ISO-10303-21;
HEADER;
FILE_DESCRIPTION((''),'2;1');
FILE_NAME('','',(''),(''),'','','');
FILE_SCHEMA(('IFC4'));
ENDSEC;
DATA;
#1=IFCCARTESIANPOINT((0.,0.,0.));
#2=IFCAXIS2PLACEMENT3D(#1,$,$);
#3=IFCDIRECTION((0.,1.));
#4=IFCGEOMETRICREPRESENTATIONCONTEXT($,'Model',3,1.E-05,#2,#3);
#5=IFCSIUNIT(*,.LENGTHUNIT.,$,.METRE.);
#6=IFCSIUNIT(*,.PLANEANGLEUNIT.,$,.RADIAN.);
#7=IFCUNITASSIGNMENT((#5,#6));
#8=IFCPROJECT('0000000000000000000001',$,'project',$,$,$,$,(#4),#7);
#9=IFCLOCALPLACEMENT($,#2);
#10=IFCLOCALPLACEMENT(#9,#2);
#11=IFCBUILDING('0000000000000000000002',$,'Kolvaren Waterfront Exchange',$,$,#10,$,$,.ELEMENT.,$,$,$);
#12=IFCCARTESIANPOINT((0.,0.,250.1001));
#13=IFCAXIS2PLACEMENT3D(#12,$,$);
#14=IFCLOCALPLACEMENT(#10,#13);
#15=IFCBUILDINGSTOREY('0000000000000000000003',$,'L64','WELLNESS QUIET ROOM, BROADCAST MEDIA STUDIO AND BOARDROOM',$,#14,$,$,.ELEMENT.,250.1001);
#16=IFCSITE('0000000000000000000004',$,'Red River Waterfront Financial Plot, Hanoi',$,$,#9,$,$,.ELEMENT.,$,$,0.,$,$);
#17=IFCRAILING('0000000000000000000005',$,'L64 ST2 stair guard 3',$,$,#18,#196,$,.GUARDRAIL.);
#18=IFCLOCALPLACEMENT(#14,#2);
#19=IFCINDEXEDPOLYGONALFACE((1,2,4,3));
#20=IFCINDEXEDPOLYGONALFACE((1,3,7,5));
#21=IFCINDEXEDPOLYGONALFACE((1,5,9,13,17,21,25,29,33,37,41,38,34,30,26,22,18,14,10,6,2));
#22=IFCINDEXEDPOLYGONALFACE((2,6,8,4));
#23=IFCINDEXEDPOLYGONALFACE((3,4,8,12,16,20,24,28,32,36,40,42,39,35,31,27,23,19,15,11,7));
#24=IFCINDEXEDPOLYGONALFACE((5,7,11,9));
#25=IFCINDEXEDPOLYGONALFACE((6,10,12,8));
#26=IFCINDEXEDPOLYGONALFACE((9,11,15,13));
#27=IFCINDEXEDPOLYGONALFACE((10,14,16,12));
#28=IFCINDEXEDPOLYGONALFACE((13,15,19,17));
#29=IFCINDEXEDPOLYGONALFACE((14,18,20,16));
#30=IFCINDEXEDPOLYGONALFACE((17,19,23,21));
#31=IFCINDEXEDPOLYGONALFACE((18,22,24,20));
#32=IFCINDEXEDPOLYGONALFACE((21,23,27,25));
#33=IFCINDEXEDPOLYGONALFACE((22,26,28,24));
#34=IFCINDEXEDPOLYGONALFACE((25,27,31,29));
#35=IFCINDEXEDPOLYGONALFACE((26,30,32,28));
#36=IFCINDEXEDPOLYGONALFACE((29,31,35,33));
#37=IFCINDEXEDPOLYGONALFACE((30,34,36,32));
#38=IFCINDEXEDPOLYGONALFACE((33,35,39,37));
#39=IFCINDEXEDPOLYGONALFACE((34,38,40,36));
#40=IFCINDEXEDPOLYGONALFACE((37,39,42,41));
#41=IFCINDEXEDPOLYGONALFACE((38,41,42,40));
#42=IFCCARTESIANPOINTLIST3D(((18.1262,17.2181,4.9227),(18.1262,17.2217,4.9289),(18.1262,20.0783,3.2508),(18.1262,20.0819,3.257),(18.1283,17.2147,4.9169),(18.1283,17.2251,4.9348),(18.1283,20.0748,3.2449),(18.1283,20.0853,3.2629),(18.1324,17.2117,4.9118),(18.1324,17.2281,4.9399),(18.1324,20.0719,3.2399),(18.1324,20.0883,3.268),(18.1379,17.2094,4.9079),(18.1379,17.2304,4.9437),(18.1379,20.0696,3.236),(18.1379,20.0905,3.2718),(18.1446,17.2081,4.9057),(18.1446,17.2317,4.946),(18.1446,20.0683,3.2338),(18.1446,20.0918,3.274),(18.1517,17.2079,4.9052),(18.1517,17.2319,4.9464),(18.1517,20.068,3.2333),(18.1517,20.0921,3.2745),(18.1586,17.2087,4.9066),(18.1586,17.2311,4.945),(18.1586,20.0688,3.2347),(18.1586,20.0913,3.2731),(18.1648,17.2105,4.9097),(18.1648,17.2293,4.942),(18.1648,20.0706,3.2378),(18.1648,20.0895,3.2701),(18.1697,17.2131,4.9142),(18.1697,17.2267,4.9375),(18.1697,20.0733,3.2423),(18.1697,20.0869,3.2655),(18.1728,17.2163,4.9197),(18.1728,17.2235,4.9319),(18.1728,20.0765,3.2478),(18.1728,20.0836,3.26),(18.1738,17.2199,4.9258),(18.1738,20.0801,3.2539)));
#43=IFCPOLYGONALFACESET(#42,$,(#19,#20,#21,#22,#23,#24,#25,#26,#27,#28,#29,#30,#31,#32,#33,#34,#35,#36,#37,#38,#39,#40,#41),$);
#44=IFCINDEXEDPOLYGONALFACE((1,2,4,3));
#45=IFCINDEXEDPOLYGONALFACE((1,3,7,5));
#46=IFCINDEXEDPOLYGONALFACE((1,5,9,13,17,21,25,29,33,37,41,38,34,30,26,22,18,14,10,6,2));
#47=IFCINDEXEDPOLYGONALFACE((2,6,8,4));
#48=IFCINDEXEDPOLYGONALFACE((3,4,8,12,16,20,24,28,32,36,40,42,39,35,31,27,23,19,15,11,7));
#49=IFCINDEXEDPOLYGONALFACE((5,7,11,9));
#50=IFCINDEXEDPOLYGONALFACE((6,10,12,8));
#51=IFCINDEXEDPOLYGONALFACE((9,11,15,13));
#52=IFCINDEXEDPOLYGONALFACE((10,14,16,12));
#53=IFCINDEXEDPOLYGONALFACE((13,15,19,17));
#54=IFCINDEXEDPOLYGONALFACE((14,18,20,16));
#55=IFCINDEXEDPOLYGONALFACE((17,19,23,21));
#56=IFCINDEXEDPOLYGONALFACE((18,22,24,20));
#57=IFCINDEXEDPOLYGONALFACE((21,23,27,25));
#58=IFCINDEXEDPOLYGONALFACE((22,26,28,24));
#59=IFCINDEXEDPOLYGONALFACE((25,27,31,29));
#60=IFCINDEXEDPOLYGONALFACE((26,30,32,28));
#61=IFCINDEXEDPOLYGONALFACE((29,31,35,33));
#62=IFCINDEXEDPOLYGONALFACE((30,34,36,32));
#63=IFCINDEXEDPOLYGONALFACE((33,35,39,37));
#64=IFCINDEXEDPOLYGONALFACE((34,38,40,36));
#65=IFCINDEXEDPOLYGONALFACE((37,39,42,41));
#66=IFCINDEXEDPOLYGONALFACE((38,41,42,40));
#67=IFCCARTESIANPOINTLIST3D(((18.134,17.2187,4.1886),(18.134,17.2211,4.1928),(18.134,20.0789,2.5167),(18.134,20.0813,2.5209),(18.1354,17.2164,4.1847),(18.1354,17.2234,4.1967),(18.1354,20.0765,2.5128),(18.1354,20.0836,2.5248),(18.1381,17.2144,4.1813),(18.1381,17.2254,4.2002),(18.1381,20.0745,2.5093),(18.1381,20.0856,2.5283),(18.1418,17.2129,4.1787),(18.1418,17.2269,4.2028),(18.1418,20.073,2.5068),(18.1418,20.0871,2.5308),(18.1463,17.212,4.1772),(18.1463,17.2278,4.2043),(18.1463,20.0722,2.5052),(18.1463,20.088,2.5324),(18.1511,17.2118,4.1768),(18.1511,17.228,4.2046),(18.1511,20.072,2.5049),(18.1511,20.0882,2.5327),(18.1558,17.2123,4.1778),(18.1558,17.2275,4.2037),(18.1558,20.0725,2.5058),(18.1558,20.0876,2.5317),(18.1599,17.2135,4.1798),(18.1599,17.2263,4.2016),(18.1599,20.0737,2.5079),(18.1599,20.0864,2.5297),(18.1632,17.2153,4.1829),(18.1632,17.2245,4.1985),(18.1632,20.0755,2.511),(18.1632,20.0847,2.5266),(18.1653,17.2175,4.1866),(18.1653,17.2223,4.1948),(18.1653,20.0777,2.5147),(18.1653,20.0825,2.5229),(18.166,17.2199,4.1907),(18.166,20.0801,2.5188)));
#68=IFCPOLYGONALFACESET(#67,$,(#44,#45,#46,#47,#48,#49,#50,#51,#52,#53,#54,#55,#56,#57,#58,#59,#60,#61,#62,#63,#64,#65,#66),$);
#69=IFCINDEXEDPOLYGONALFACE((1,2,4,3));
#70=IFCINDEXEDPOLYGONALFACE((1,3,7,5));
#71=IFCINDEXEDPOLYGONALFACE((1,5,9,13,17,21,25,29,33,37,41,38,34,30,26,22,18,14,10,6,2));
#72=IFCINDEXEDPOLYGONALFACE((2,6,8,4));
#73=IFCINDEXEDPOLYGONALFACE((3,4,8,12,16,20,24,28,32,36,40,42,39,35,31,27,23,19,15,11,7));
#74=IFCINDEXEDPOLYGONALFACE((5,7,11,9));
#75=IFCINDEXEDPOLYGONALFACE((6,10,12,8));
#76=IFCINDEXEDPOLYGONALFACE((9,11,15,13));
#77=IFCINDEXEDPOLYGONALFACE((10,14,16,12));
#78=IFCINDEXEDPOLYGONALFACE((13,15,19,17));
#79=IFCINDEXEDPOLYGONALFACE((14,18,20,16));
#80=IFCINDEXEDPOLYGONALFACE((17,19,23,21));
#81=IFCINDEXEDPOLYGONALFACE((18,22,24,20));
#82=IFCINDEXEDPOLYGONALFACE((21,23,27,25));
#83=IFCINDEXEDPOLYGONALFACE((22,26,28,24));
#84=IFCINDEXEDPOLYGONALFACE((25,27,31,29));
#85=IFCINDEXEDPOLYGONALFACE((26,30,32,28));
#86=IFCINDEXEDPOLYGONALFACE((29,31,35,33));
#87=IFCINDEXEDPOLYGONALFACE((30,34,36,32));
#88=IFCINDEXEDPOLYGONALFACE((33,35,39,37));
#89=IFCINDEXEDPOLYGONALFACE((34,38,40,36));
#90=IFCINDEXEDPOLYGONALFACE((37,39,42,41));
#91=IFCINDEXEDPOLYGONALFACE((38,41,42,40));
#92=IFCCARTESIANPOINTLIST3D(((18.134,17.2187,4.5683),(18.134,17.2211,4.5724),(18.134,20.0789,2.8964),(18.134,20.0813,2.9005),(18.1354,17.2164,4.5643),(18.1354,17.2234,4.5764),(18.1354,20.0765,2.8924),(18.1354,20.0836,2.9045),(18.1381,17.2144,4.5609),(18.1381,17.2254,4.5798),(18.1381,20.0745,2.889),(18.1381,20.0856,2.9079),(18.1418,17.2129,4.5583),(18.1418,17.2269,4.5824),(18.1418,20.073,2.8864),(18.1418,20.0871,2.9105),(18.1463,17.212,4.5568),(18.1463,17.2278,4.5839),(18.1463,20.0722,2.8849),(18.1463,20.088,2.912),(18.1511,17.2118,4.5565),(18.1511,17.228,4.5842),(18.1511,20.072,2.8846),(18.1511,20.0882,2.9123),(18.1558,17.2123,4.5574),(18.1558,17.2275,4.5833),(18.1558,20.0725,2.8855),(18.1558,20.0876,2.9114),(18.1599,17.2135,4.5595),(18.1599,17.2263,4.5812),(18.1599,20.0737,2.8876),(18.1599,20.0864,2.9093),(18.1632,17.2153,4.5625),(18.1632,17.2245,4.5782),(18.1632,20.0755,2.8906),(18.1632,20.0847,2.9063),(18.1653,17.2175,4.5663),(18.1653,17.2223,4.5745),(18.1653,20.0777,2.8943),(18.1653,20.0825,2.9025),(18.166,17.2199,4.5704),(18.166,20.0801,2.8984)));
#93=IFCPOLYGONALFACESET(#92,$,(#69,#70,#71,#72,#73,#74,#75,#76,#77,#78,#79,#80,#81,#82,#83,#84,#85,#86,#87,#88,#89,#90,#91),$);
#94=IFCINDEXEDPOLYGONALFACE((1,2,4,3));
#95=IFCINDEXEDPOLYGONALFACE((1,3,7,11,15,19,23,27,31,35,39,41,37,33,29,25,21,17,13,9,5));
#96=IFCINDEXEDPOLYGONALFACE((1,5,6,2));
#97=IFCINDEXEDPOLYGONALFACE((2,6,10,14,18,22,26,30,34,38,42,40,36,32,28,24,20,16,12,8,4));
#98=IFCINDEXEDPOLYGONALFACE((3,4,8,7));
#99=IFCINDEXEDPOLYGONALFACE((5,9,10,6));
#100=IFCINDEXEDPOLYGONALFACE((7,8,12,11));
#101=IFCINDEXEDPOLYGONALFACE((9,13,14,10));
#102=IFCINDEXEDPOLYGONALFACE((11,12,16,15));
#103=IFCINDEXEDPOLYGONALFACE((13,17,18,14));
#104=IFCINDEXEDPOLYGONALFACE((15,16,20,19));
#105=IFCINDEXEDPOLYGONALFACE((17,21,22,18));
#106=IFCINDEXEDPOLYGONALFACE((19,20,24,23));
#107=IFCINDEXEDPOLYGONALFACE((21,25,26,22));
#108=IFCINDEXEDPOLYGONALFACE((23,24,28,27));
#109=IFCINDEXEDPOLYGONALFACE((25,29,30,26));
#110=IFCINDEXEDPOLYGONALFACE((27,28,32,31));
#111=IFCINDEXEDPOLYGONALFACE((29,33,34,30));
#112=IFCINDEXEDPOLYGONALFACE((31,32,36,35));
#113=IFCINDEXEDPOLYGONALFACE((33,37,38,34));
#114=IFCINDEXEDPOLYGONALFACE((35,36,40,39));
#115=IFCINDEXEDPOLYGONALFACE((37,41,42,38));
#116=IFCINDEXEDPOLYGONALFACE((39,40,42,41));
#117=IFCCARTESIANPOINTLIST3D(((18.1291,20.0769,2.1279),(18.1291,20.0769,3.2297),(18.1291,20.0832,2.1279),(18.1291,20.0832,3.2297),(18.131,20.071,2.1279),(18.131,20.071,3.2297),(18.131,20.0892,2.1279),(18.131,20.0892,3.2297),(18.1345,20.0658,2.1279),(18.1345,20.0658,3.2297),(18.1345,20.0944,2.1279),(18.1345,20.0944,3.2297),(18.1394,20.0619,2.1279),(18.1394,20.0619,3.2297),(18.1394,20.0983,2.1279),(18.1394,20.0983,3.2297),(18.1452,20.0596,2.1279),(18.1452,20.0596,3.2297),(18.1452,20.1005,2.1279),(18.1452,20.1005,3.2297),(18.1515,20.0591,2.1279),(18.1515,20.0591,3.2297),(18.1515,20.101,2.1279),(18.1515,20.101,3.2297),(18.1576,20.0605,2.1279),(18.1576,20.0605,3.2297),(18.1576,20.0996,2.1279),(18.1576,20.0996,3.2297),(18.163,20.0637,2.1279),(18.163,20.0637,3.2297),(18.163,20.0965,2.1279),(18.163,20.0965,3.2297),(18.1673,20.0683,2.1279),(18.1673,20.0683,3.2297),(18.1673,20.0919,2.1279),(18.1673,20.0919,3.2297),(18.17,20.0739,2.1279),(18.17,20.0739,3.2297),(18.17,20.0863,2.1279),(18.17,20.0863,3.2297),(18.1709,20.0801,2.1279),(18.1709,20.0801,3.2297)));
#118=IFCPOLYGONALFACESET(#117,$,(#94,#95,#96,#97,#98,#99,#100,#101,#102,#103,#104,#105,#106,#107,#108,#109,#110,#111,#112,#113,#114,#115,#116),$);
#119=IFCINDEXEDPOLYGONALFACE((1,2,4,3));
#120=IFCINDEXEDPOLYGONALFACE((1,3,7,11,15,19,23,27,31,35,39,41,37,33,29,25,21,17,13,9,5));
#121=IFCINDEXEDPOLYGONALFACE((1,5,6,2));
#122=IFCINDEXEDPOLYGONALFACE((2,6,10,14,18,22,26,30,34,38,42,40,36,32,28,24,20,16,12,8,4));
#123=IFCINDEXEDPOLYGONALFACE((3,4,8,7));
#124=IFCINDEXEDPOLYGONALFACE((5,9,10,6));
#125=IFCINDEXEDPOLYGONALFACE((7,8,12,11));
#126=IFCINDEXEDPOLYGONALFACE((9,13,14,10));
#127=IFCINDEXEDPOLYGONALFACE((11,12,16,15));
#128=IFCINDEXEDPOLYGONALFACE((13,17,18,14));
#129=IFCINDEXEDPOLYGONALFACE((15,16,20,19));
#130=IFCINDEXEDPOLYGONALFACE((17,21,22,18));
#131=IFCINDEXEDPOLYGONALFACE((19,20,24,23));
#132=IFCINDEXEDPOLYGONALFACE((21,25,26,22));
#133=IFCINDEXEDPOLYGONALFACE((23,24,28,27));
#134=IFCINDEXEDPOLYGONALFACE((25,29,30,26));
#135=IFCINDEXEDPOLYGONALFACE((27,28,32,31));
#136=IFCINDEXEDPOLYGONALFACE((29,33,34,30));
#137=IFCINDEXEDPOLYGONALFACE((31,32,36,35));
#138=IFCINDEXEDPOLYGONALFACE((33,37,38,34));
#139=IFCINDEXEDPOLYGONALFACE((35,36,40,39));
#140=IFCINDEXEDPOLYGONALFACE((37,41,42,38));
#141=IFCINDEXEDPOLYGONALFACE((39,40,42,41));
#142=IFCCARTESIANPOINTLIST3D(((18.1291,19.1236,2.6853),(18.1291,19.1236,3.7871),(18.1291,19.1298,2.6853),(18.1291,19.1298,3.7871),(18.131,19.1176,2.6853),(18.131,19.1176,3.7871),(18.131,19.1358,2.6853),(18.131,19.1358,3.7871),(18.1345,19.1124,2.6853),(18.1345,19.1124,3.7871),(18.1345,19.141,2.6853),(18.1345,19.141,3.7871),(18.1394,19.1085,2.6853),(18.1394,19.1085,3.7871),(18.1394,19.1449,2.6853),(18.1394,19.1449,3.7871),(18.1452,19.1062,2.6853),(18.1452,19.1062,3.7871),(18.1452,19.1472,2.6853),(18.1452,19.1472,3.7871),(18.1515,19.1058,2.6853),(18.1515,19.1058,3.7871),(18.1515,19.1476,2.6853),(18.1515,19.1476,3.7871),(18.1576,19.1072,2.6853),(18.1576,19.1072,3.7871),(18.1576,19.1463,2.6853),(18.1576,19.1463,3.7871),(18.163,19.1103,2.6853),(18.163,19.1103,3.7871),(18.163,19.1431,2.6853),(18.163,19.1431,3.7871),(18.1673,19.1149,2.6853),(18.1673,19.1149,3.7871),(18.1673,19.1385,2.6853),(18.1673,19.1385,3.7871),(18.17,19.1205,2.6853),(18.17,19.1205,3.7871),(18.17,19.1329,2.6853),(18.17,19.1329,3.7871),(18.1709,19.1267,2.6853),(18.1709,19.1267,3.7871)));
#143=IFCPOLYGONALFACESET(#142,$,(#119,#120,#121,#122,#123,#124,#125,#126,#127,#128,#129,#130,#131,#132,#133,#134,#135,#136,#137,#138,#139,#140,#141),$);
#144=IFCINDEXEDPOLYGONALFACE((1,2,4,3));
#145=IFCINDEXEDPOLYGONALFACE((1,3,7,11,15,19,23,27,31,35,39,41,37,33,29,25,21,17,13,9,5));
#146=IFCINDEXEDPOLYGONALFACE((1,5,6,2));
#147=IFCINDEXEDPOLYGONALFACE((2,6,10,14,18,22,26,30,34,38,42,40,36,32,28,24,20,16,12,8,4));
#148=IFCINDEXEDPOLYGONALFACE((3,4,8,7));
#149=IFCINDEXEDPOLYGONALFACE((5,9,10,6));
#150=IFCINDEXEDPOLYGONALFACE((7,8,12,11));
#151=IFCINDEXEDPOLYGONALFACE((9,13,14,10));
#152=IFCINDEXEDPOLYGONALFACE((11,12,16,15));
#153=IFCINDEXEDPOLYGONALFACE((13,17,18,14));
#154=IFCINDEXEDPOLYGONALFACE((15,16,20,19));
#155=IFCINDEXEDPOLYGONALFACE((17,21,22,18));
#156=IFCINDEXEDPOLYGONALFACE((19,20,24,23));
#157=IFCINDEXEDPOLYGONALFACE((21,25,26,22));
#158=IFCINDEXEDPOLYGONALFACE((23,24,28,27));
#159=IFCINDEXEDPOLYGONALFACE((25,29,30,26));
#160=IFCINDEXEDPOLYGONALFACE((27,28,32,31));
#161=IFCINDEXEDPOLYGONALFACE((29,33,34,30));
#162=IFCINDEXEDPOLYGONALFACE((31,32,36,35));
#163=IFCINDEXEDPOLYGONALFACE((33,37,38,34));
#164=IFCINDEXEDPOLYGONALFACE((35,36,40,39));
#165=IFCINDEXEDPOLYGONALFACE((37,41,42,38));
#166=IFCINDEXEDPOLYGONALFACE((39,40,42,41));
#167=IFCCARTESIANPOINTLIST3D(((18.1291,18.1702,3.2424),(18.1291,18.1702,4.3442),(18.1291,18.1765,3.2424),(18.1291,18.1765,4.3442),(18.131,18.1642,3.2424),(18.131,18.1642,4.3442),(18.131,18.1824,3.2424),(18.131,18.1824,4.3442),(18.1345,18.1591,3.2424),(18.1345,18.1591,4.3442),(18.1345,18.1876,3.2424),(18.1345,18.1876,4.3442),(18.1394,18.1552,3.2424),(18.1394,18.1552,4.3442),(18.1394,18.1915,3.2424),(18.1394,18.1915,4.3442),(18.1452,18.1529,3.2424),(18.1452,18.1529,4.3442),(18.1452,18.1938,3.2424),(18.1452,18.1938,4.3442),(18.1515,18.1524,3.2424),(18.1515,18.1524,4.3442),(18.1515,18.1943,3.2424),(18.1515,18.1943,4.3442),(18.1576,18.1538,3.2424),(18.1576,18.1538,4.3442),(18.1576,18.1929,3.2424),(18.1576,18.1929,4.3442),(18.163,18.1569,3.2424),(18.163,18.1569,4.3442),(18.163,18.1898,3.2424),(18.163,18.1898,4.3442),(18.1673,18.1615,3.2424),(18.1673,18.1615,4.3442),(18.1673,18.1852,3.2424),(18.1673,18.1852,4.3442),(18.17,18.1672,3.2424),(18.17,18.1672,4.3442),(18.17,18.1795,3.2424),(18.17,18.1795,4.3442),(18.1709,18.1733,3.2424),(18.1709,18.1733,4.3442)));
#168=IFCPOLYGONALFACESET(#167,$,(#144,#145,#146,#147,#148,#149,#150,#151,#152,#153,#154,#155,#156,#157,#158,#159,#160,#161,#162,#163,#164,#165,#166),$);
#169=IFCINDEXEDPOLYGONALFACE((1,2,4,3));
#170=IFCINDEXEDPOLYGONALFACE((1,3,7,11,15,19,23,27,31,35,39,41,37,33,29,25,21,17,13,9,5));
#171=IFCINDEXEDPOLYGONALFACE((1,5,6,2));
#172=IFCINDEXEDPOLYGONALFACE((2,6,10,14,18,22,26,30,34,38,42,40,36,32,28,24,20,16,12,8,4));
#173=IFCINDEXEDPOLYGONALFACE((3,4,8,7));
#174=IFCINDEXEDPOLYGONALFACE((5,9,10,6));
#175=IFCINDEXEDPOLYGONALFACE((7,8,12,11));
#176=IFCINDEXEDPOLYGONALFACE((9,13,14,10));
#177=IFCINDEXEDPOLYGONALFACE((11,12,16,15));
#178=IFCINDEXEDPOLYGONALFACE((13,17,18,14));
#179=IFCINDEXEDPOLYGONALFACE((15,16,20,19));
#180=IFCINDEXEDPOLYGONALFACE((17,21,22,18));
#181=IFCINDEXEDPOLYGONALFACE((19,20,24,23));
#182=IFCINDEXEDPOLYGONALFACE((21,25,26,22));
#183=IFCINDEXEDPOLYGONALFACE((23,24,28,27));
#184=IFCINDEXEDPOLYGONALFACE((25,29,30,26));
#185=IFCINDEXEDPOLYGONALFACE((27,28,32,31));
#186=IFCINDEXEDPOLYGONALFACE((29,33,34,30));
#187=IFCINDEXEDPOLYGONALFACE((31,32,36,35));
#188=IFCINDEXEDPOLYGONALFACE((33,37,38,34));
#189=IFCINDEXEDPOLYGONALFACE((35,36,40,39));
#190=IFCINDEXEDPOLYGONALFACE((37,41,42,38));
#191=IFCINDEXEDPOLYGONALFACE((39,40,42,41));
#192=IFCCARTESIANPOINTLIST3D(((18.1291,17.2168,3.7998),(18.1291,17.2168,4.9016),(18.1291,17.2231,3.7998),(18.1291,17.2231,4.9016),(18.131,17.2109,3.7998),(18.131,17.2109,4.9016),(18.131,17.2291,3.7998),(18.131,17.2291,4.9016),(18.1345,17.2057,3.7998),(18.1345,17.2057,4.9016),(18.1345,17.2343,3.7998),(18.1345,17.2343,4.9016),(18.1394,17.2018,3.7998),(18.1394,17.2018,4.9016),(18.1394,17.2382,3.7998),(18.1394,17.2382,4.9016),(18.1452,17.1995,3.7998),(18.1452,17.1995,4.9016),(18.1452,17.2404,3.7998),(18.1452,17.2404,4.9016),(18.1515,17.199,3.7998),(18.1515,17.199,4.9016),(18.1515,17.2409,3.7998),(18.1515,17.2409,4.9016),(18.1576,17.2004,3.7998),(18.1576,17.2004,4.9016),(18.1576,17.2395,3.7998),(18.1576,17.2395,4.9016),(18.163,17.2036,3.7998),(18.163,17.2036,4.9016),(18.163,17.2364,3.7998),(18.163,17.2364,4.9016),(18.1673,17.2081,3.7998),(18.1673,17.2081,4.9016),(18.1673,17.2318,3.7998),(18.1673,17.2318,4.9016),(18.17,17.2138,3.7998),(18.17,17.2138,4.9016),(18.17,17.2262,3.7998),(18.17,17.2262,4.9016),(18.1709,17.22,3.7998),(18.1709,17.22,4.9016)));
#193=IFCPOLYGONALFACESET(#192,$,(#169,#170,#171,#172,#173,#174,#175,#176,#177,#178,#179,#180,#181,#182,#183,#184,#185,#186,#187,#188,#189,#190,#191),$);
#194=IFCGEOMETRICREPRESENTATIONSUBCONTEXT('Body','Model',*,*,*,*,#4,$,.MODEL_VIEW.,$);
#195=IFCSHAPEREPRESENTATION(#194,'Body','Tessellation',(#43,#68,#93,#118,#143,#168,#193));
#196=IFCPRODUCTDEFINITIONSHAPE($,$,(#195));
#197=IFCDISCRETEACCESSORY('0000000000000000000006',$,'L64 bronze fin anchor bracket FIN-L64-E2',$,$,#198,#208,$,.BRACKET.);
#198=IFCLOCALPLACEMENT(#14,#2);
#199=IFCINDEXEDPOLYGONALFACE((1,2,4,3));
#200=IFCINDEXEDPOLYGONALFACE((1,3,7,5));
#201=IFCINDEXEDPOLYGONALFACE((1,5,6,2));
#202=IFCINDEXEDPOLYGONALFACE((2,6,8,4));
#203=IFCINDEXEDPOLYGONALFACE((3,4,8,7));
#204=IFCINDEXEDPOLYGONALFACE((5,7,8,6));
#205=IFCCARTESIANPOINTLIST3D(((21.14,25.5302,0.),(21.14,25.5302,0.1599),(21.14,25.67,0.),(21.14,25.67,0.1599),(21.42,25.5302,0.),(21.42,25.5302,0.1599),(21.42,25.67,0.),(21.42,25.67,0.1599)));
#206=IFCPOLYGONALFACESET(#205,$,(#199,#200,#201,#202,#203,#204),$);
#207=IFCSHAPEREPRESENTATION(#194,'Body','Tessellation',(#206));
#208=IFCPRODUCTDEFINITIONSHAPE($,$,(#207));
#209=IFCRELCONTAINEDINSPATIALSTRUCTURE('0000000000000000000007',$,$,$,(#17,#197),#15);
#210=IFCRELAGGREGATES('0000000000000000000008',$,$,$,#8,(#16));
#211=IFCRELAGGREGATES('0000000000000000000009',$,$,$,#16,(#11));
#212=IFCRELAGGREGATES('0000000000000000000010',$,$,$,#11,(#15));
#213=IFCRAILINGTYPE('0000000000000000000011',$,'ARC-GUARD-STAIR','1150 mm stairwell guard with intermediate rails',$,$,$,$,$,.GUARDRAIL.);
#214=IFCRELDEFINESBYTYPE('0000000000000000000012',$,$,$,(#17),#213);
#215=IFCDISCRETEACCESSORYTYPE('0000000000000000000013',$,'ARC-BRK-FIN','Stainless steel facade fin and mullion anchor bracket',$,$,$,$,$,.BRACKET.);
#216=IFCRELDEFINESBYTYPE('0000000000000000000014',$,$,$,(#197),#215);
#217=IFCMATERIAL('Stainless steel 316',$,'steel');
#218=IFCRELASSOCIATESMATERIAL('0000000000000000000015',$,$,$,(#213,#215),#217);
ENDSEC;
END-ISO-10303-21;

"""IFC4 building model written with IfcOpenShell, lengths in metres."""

from ifc_helpers import new_model, si_unit, direction, frame, origin, origin_with_axes, origin_2d, place, context, subcontext, project, spatial, rectangle, circle, extrude, source, transform, mapped, material, type_object, element, save


model = new_model("IFC4")

# Units and contexts
model_context = context("Model", 3, precision=1e-05, world=origin(), true_north=direction((0.0, 1.0)))
body_context = subcontext(model_context, "Body", "Model", "MODEL_VIEW")
ifc_project = project(units=[si_unit("LENGTHUNIT", "METRE"), si_unit("PLANEANGLEUNIT", "RADIAN")], contexts=[model_context])

# Site, building, storey
site_placement = place(None, origin())
site = spatial("IfcSite", under=ifc_project, at=site_placement, Name="Red River Waterfront Financial Plot, Hanoi", CompositionType="ELEMENT", RefElevation=0.0)
building_placement = place(site_placement, origin())
building = spatial("IfcBuilding", under=site, at=building_placement, Name="Kolvaren Waterfront Exchange", CompositionType="ELEMENT")
storey_placement = place(building_placement, frame((0.0, 0.0, 250.1001)))
storey = spatial("IfcBuildingStorey", under=building, at=storey_placement, Name="L64", Description="WELLNESS QUIET ROOM, BROADCAST MEDIA STUDIO AND BOARDROOM", CompositionType="ELEMENT", Elevation=250.1001)

# Railing
ifc_material_1 = material(Name="Stainless steel 316", Category="steel")
railing_type = type_object("IfcRailingType", Name="ARC-GUARD-STAIR", Description="1150 mm stairwell guard with intermediate rails", PredefinedType="GUARDRAIL", material=ifc_material_1)
railing_1_placement = place(storey_placement, frame((18.1499, 20.0801, 2.1279)))
element("IfcRailing", 1, at=railing_1_placement, inside=storey, type_object=railing_type, Name="L64 ST2 stair guard 3", PredefinedType="GUARDRAIL", context=body_context, shape_type="SweptSolid", body=[
    extrude(circle(Radius=0.0239, at=origin_2d()), frame((0.0, 0.0, 1.126), z_axis=(0.0, -0.863321, 0.504654), x_axis=(1.0, 0.0, 0.0)), (0.0, 0.0, 1.0), 3.313),
    extrude(circle(Radius=0.0161, at=origin_2d()), frame((0.0, 0.0, 0.3909), z_axis=(0.0, -0.863321, 0.504654), x_axis=(1.0, 0.0, 0.0)), (0.0, 0.0, 1.0), 3.313),
    extrude(circle(Radius=0.0161, at=origin_2d()), frame((0.0, 0.0, 0.7705), z_axis=(0.0, -0.863321, 0.504654), x_axis=(1.0, 0.0, 0.0)), (0.0, 0.0, 1.0), 3.313),
    extrude(circle(Radius=0.021, at=origin_2d()), origin(), (0.0, 0.0, 1.0), 1.1018),
    extrude(circle(Radius=0.021, at=origin_2d()), frame((0.0, -0.9534, 0.5574)), (0.0, 0.0, 1.0), 1.1018),
    extrude(circle(Radius=0.021, at=origin_2d()), frame((0.0, -1.9067, 1.1145)), (0.0, 0.0, 1.0), 1.1018),
    extrude(circle(Radius=0.021, at=origin_2d()), frame((0.0, -2.8601, 1.6719)), (0.0, 0.0, 1.0), 1.1018),
])

# Discrete accessory
discrete_accessory_type = type_object("IfcDiscreteAccessoryType", Name="ARC-BRK-FIN", Description="Stainless steel facade fin and mullion anchor bracket", PredefinedType="BRACKET", material=ifc_material_1)
shared_shape_1 = source(origin_with_axes(), body_context, "Body", "SweptSolid", [
    extrude(rectangle(XDim=0.28, YDim=0.1399, at=origin_2d()), origin(), (0.0, 0.0, 1.0), 0.1599),
])
for number, where, z_axis, x_axis, name in (
    (2, (21.28, 25.6001, 0.0), (0.0, 0.0, 1.0), (1.0, 0.0, 0.0), "L64 bronze fin anchor bracket FIN-L64-E2"),
):
    element("IfcDiscreteAccessory", number, at=place(storey_placement, frame(where, z_axis=z_axis, x_axis=x_axis)), inside=storey, type_object=discrete_accessory_type, Name=name, PredefinedType="BRACKET", context=body_context, shape_type="MappedRepresentation", body=[
        mapped(shared_shape_1, transform((0.0, 0.0, 0.0), x_axis=(1.0, 0.0, 0.0), y_axis=(0.0, 1.0, 0.0), z_axis=(0.0, 0.0, 1.0), scale=1.0)),
    ])

save(model, "model.ifc")
